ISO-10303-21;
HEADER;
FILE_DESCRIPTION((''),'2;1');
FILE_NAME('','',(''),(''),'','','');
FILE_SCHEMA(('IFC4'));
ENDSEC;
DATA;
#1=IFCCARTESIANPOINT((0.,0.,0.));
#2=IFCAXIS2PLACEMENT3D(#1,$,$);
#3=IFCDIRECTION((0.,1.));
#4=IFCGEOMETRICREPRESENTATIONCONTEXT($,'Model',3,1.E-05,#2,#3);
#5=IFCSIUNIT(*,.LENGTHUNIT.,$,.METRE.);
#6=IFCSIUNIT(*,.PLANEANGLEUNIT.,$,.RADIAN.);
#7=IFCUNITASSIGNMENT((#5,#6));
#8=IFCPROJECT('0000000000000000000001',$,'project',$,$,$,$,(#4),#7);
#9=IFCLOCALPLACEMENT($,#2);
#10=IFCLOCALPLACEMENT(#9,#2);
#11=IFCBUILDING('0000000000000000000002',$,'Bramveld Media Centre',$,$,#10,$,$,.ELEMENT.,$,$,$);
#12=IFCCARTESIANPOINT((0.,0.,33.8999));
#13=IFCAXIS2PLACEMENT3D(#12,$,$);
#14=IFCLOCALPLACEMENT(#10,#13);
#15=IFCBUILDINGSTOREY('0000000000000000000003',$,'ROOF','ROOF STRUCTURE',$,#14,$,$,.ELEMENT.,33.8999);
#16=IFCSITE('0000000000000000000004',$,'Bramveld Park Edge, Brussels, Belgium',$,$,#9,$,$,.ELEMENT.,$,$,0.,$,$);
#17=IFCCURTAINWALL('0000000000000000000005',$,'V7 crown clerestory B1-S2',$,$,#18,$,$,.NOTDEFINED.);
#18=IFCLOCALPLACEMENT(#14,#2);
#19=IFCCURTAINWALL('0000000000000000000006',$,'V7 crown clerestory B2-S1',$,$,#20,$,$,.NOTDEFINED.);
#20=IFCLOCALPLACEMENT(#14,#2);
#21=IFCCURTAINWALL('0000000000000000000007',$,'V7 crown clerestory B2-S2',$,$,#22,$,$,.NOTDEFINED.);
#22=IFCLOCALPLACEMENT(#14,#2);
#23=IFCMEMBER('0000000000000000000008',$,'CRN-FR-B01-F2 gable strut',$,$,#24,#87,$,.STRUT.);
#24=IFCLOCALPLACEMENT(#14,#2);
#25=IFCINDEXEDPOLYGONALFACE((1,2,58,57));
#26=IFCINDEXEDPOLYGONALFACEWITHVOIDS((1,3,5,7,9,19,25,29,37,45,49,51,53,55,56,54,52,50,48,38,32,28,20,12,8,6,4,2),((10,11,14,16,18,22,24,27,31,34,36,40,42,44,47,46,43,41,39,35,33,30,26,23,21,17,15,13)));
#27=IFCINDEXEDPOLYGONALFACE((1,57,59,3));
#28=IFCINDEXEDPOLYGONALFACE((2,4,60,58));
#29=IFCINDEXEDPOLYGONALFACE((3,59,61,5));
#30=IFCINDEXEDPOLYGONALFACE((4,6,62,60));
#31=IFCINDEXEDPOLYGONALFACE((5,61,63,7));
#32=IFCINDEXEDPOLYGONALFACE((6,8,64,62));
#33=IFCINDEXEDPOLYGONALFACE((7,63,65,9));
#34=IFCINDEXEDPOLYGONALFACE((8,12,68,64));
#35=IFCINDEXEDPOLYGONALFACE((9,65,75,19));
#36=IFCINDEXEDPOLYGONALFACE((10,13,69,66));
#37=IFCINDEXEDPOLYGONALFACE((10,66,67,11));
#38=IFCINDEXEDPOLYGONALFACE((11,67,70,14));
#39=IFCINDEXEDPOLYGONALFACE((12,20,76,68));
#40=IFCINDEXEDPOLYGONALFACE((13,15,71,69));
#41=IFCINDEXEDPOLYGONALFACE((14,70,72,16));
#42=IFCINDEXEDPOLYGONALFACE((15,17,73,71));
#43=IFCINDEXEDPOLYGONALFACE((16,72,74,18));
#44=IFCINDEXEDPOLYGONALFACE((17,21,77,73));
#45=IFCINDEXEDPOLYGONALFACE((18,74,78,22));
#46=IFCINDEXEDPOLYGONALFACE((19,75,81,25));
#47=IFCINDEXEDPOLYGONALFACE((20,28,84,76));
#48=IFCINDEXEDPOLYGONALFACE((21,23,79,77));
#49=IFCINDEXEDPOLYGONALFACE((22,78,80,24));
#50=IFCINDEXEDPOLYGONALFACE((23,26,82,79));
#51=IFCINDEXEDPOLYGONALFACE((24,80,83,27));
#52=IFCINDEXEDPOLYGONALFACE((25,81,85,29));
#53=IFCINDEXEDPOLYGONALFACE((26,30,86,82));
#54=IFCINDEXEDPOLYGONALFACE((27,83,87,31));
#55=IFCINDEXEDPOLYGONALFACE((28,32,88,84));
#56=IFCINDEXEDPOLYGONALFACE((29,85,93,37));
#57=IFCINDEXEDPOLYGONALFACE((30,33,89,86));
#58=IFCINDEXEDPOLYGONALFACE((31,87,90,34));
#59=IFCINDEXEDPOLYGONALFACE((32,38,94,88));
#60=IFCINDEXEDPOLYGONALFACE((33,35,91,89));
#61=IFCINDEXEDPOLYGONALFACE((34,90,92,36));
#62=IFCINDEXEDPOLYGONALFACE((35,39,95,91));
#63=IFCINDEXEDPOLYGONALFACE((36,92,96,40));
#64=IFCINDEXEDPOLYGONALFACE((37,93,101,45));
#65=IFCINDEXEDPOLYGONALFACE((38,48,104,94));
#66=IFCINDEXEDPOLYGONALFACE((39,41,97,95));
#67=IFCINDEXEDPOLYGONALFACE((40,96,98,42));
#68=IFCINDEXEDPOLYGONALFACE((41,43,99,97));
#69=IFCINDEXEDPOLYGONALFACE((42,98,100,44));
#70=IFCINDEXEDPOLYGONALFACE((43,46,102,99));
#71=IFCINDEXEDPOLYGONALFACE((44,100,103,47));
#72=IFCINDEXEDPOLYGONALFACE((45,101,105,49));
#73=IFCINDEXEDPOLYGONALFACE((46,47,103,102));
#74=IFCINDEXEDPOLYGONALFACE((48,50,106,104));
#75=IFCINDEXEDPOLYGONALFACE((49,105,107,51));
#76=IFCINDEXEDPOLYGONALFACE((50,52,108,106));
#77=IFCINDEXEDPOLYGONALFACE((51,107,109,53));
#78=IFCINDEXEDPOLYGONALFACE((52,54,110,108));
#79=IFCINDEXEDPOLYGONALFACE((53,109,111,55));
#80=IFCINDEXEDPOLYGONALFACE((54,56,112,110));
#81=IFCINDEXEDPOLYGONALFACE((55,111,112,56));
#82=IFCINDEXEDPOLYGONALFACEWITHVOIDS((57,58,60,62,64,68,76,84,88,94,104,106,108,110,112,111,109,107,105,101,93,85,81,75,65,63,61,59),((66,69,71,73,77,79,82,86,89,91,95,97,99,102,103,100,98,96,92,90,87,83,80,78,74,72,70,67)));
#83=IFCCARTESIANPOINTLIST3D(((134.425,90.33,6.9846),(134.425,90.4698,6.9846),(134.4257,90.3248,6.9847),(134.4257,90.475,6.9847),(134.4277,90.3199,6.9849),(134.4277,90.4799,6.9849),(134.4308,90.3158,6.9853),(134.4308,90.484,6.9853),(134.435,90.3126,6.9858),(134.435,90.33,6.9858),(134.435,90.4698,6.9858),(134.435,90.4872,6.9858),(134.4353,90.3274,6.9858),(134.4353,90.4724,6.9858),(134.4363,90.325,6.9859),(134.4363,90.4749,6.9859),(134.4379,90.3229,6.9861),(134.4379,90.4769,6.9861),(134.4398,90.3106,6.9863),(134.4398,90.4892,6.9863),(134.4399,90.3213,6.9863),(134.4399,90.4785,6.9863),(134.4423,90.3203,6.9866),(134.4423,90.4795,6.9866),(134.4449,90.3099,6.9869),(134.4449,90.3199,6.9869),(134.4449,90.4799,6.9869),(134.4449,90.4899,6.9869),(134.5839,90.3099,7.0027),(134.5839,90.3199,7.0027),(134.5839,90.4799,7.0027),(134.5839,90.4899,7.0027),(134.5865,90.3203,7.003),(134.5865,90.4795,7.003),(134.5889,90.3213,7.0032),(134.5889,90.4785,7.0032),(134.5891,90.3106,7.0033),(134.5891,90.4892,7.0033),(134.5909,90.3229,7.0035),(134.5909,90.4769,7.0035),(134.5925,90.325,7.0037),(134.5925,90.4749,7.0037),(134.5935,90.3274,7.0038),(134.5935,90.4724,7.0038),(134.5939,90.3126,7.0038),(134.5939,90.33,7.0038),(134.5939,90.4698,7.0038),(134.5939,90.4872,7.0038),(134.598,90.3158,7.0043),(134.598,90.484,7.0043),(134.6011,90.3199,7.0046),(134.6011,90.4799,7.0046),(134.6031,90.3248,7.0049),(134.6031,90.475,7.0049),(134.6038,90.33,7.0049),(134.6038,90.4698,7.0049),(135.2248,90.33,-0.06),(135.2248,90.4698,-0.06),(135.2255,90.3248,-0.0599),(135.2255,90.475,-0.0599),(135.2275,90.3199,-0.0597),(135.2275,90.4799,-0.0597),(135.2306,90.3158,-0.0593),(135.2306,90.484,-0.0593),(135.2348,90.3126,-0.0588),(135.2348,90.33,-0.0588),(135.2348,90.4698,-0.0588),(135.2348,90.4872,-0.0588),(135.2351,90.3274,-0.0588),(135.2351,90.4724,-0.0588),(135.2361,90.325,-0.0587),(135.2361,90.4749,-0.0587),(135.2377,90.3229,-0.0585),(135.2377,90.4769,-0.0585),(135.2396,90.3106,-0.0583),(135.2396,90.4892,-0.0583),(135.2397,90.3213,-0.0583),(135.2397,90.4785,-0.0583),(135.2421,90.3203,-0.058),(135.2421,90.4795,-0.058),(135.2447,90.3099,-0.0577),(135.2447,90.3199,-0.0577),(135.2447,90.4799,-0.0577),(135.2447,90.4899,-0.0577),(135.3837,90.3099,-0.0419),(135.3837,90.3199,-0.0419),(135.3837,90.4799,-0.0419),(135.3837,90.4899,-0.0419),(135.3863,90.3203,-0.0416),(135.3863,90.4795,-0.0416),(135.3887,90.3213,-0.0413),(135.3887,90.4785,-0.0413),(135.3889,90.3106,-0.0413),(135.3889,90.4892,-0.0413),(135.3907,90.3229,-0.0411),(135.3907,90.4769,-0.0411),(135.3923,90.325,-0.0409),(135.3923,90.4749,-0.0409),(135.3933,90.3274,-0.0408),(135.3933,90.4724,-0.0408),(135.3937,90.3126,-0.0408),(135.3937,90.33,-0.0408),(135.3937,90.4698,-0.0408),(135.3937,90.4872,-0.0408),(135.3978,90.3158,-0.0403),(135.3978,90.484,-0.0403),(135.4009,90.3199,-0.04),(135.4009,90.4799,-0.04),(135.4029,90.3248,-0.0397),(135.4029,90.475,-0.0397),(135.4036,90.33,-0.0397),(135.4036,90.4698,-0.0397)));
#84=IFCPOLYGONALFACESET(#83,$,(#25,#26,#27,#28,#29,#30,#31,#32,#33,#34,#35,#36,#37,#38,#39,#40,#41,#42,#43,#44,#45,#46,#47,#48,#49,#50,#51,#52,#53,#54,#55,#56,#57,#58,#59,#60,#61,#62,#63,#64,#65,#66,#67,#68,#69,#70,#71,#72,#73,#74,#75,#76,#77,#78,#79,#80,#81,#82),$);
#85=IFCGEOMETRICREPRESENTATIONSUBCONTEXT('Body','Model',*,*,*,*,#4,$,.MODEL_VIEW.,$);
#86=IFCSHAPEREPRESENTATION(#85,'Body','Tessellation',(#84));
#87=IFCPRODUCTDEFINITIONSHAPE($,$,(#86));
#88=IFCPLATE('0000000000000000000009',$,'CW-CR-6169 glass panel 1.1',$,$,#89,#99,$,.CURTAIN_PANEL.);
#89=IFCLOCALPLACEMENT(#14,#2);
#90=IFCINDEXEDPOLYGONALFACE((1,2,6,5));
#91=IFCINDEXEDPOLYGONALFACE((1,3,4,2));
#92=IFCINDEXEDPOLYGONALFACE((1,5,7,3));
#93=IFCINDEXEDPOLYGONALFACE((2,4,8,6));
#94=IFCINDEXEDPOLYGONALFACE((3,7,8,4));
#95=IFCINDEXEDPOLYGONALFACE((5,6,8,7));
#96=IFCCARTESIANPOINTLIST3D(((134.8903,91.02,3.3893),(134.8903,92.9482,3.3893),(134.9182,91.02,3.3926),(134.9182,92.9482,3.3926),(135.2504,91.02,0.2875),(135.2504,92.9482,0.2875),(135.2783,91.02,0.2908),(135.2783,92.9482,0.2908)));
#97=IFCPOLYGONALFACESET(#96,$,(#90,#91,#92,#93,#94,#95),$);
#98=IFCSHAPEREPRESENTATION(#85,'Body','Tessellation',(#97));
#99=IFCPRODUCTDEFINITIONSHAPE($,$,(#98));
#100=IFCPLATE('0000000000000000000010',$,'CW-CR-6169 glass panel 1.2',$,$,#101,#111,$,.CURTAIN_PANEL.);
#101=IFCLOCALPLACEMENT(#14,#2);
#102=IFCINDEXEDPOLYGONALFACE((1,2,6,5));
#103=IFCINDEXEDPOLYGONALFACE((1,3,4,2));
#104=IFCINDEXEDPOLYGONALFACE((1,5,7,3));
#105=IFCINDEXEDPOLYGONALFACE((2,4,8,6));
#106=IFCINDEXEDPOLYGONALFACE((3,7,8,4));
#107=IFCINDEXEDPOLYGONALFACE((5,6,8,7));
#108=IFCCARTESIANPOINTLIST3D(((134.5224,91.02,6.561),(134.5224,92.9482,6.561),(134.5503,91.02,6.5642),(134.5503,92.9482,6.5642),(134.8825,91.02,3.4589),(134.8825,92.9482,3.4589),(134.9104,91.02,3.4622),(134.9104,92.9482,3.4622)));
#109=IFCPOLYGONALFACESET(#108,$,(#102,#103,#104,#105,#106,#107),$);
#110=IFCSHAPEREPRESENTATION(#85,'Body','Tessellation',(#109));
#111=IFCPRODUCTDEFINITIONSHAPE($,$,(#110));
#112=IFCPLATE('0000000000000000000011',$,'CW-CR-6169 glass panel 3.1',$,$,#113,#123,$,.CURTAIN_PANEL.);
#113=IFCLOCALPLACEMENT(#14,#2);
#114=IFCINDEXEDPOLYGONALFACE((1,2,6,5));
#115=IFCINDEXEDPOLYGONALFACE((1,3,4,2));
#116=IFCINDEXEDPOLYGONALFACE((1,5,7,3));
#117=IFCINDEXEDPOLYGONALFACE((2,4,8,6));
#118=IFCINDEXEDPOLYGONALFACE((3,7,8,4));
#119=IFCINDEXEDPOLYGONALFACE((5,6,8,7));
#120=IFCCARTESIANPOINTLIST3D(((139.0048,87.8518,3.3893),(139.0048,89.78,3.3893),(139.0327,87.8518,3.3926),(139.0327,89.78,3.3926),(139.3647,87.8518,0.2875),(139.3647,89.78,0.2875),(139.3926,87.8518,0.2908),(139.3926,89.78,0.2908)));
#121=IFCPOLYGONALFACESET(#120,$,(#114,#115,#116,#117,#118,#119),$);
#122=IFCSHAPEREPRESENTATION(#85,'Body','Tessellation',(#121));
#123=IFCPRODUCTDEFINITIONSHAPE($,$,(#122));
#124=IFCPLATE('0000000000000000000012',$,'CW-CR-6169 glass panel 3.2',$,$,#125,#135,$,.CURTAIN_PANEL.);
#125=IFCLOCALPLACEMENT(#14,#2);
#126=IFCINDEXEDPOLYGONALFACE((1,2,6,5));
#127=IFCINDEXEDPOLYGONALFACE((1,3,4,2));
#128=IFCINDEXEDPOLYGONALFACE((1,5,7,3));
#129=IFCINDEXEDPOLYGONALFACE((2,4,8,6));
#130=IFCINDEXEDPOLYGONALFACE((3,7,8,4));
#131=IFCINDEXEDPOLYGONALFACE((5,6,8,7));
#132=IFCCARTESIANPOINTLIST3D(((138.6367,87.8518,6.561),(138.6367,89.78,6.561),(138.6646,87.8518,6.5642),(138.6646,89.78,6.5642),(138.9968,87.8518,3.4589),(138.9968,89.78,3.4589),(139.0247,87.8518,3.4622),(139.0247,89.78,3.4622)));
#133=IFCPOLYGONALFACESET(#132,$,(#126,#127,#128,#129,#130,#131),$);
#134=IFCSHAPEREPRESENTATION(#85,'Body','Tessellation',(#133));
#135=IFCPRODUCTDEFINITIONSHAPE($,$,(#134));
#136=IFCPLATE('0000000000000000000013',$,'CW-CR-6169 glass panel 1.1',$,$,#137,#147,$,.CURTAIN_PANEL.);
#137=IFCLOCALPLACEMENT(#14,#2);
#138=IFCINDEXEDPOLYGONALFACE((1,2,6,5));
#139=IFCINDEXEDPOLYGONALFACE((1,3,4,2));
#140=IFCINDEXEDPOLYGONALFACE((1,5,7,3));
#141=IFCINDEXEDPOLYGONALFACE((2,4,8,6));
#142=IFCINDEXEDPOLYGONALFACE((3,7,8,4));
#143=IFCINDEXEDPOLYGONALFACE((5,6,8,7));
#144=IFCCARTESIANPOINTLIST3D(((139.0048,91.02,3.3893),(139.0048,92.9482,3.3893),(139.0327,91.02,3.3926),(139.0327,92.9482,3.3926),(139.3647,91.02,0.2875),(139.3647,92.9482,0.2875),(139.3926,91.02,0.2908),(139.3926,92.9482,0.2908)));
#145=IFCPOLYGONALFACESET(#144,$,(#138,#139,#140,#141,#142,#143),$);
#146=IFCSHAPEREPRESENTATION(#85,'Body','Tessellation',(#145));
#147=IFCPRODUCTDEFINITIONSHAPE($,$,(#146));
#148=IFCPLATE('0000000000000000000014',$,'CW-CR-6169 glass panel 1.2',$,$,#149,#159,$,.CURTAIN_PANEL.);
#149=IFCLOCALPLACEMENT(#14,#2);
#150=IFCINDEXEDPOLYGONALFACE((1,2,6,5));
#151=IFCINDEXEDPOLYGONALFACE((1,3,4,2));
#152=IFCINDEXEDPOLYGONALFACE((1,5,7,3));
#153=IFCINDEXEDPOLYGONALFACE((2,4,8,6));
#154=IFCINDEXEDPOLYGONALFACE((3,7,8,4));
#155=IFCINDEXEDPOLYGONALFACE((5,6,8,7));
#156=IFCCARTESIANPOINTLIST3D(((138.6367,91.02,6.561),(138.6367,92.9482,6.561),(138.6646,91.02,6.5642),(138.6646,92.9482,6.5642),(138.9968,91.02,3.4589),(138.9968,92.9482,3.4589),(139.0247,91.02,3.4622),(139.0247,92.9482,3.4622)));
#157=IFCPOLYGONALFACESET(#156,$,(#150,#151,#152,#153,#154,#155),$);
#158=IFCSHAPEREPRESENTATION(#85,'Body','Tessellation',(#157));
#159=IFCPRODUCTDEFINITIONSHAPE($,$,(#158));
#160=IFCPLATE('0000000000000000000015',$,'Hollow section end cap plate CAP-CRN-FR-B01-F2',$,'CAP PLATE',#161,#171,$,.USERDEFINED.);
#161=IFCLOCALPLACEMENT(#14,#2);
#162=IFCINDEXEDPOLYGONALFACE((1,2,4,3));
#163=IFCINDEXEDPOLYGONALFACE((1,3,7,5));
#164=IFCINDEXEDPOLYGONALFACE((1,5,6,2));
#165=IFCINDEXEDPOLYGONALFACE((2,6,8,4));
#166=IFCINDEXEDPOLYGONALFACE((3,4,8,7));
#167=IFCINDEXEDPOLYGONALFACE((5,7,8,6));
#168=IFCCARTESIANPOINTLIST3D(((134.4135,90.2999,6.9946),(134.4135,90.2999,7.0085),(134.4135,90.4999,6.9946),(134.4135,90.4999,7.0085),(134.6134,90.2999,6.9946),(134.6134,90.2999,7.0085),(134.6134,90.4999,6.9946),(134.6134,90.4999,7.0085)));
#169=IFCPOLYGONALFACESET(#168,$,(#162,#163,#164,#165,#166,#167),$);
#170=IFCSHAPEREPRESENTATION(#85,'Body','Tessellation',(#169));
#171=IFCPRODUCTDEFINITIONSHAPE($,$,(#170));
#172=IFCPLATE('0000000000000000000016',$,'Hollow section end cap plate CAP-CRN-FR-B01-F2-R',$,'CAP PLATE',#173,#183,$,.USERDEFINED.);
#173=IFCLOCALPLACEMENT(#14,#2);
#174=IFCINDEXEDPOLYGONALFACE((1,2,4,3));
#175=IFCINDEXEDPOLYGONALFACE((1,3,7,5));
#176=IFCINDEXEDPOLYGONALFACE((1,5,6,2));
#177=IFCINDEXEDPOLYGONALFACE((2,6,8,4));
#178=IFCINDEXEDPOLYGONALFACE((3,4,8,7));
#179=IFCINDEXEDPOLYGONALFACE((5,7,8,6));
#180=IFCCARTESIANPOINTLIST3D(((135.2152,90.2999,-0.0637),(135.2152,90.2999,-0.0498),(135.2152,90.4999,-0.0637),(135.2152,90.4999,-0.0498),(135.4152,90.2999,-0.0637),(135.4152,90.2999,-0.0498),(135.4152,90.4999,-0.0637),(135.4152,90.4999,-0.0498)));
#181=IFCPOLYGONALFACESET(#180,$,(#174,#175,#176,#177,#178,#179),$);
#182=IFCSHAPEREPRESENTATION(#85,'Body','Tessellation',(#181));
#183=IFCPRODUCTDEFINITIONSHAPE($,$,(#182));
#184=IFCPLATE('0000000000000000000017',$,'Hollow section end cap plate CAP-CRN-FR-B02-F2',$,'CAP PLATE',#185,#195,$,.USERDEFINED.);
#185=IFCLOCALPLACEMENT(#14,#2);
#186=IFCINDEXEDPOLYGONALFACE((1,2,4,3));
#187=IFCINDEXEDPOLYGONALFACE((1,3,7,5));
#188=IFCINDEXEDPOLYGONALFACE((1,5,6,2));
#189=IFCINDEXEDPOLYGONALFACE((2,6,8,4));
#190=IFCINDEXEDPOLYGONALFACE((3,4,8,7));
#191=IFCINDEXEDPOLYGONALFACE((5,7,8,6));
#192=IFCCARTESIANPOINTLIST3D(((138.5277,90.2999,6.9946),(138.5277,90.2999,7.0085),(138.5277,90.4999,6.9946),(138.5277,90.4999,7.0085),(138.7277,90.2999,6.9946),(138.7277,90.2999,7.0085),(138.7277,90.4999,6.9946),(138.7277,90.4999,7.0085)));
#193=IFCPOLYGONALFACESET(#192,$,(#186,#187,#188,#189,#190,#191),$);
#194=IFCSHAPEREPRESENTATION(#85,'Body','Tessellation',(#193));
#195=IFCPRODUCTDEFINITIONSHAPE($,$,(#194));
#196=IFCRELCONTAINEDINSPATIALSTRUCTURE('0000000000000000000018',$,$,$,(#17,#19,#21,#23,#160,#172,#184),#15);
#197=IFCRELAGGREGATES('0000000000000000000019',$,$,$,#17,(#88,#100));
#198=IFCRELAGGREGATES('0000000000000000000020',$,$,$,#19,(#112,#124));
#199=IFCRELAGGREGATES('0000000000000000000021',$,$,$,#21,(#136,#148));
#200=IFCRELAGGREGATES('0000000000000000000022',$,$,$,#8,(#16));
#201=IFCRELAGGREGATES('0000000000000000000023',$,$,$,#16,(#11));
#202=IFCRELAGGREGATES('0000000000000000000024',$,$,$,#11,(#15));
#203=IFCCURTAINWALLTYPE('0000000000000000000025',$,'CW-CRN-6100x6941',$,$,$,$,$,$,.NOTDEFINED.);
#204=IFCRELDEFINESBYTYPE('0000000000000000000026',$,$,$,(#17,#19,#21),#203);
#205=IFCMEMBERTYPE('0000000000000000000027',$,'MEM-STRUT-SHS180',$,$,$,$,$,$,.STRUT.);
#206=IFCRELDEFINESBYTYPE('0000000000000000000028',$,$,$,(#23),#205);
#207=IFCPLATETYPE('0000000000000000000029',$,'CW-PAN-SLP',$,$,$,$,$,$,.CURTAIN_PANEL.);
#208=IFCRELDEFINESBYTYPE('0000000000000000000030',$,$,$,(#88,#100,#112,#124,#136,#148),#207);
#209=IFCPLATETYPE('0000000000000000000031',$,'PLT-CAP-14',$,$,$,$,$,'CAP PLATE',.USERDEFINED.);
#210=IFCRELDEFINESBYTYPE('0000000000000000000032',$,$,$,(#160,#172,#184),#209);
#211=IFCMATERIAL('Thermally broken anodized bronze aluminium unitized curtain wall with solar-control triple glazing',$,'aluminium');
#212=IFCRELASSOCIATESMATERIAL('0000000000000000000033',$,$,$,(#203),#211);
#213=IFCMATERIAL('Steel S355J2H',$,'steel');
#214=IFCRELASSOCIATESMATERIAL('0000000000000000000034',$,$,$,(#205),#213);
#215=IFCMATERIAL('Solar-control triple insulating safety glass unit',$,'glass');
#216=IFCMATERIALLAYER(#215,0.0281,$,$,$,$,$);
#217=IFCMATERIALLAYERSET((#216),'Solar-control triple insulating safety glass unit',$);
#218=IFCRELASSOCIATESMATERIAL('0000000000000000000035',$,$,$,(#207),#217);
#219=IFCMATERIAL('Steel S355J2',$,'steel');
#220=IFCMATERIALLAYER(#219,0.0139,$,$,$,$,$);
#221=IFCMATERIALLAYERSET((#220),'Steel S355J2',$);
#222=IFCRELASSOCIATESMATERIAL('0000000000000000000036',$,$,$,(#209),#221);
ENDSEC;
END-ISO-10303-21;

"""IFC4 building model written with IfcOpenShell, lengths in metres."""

from ifc_helpers import new_model, si_unit, direction, frame, origin, origin_2d, place, context, subcontext, project, spatial, polyline, rectangle, hollow_rectangle, outline, extrude, material, layer, layer_set, material_profile, profile_set, type_object, element, aggregate, save


model = new_model("IFC4")

# Units and contexts
model_context = context("Model", 3, precision=1e-05, world=origin(), true_north=direction((0.0, 1.0)))
body_context = subcontext(model_context, "Body", "Model", "MODEL_VIEW")
ifc_project = project(units=[si_unit("LENGTHUNIT", "METRE"), si_unit("PLANEANGLEUNIT", "RADIAN")], contexts=[model_context])

# Site, building, storey
site_placement = place(None, origin())
site = spatial("IfcSite", under=ifc_project, at=site_placement, Name="Bramveld Park Edge, Brussels, Belgium", CompositionType="ELEMENT", RefElevation=0.0)
building_placement = place(site_placement, origin())
building = spatial("IfcBuilding", under=site, at=building_placement, Name="Bramveld Media Centre", CompositionType="ELEMENT")
storey_placement = place(building_placement, frame((0.0, 0.0, 33.8999)))
storey = spatial("IfcBuildingStorey", under=building, at=storey_placement, Name="ROOF", Description="ROOF STRUCTURE", CompositionType="ELEMENT", Elevation=33.8999)

# Shared definitions
ifc_material_1 = material(Name="Thermally broken anodized bronze aluminium unitized curtain wall with solar-control triple glazing", Category="aluminium")
curtain_wall_type = type_object("IfcCurtainWallType", Name="CW-CRN-6100x6941", PredefinedType="NOTDEFINED", material=ifc_material_1)

# Curtain walls
curtain_wall_1_placement = place(storey_placement, origin())
curtain_wall_1 = element("IfcCurtainWall", 1, at=curtain_wall_1_placement, inside=storey, type_object=curtain_wall_type, Name="V7 crown clerestory B1-S2", PredefinedType="NOTDEFINED")
curtain_wall_2_placement = place(storey_placement, origin())
curtain_wall_2 = element("IfcCurtainWall", 2, at=curtain_wall_2_placement, inside=storey, type_object=curtain_wall_type, Name="V7 crown clerestory B2-S1", PredefinedType="NOTDEFINED")
curtain_wall_3_placement = place(storey_placement, origin())
curtain_wall_3 = element("IfcCurtainWall", 3, at=curtain_wall_3_placement, inside=storey, type_object=curtain_wall_type, Name="V7 crown clerestory B2-S2", PredefinedType="NOTDEFINED")

# Member
ifc_material_2 = material(Name="Steel S355J2H", Category="steel")
ifc_material_profile_1 = material_profile(ifc_material_2, hollow_rectangle(XDim=0.1799, YDim=0.1799, WallThickness=0.01, InnerFilletRadius=0.01, OuterFilletRadius=0.02, at=origin_2d()), Name="SHS 180x180x10")
ifc_profile_set_1 = profile_set([ifc_material_profile_1], Name="Steel S355J2H")
member_type_1 = type_object("IfcMemberType", Name="MEM-STRUT-SHS180", PredefinedType="STRUT", material=ifc_profile_set_1)
member_1_placement = place(storey_placement, frame((135.3142, 90.3999, -0.0498), z_axis=(-0.112808, 0.0, 0.993617), x_axis=(0.0, -1.0, 0.0)))
element("IfcMember", 4, at=member_1_placement, inside=storey, type_object=member_type_1, Name="CRN-FR-B01-F2 gable strut", PredefinedType="STRUT", context=body_context, shape_type="SweptSolid", body=[
    extrude(hollow_rectangle(XDim=0.1799, YDim=0.1799, WallThickness=0.01, InnerFilletRadius=0.01, OuterFilletRadius=0.02, at=origin_2d()), origin(), (0.0, 0.0, 1.0), 7.0898),
])

# Plates
ifc_material_3 = material(Name="Solar-control triple insulating safety glass unit", Category="glass")
ifc_layer_1 = layer(ifc_material_3, 0.0281)
ifc_layer_set_1 = layer_set([ifc_layer_1], Name="Solar-control triple insulating safety glass unit")
plate_type_1 = type_object("IfcPlateType", Name="CW-PAN-SLP", PredefinedType="CURTAIN_PANEL", material=ifc_layer_set_1)
plate_1_placement = place(storey_placement, frame((135.2783, 91.02, 0.2908), z_axis=(0.993328, 0.0, 0.115321), x_axis=(0.0, 1.0, 0.0)))
plate_1 = element("IfcPlate", 5, at=plate_1_placement, type_object=plate_type_1, Name="CW-CR-6169 glass panel 1.1", PredefinedType="CURTAIN_PANEL", context=body_context, shape_type="SweptSolid", body=[
    extrude(outline(polyline([(0.0, 0.0), (1.9282, 0.0), (1.9282, 3.1226), (0.0, 3.1226), (0.0, 0.0)])), origin(), (0.0, 0.0, -1.0), 0.0281),
])
plate_2_placement = place(storey_placement, frame((134.9104, 91.02, 3.4622), z_axis=(0.993329, 0.0, 0.115313), x_axis=(0.0, 1.0, 0.0)))
plate_2 = element("IfcPlate", 6, at=plate_2_placement, type_object=plate_type_1, Name="CW-CR-6169 glass panel 1.2", PredefinedType="CURTAIN_PANEL", context=body_context, shape_type="SweptSolid", body=[
    extrude(outline(polyline([(0.0, 0.0), (1.9282, 0.0), (1.9282, 3.1229), (0.0, 3.1229), (0.0, 0.0)])), origin(), (0.0, 0.0, -1.0), 0.0281),
])
aggregate(curtain_wall_1, [plate_1, plate_2])
plate_3_placement = place(storey_placement, frame((139.3926, 87.8518, 0.2908), z_axis=(0.993337, 0.0, 0.115244), x_axis=(0.0, 1.0, 0.0)))
plate_3 = element("IfcPlate", 7, at=plate_3_placement, type_object=plate_type_1, Name="CW-CR-6169 glass panel 3.1", PredefinedType="CURTAIN_PANEL", context=body_context, shape_type="SweptSolid", body=[
    extrude(outline(polyline([(0.0, 0.0), (1.9282, 0.0), (1.9282, 3.1226), (0.0, 3.1226), (0.0, 0.0)])), origin(), (0.0, 0.0, -1.0), 0.0281),
])
plate_4_placement = place(storey_placement, frame((139.0247, 87.8518, 3.4622), z_axis=(0.993329, 0.0, 0.115313), x_axis=(0.0, 1.0, 0.0)))
plate_4 = element("IfcPlate", 8, at=plate_4_placement, type_object=plate_type_1, Name="CW-CR-6169 glass panel 3.2", PredefinedType="CURTAIN_PANEL", context=body_context, shape_type="SweptSolid", body=[
    extrude(outline(polyline([(0.0, 0.0), (1.9282, 0.0), (1.9282, 3.1229), (0.0, 3.1229), (0.0, 0.0)])), origin(), (0.0, 0.0, -1.0), 0.0281),
])
aggregate(curtain_wall_2, [plate_3, plate_4])
plate_5_placement = place(storey_placement, frame((139.3926, 91.02, 0.2908), z_axis=(0.993337, 0.0, 0.115244), x_axis=(0.0, 1.0, 0.0)))
plate_5 = element("IfcPlate", 9, at=plate_5_placement, type_object=plate_type_1, Name="CW-CR-6169 glass panel 1.1", PredefinedType="CURTAIN_PANEL", context=body_context, shape_type="SweptSolid", body=[
    extrude(outline(polyline([(0.0, 0.0), (1.9282, 0.0), (1.9282, 3.1226), (0.0, 3.1226), (0.0, 0.0)])), origin(), (0.0, 0.0, -1.0), 0.0281),
])
plate_6_placement = place(storey_placement, frame((139.0247, 91.02, 3.4622), z_axis=(0.993329, 0.0, 0.115313), x_axis=(0.0, 1.0, 0.0)))
plate_6 = element("IfcPlate", 10, at=plate_6_placement, type_object=plate_type_1, Name="CW-CR-6169 glass panel 1.2", PredefinedType="CURTAIN_PANEL", context=body_context, shape_type="SweptSolid", body=[
    extrude(outline(polyline([(0.0, 0.0), (1.9282, 0.0), (1.9282, 3.1229), (0.0, 3.1229), (0.0, 0.0)])), origin(), (0.0, 0.0, -1.0), 0.0281),
])
aggregate(curtain_wall_3, [plate_5, plate_6])

# Plates
ifc_material_4 = material(Name="Steel S355J2", Category="steel")
ifc_layer_2 = layer(ifc_material_4, 0.0139)
ifc_layer_set_2 = layer_set([ifc_layer_2], Name="Steel S355J2")
plate_type_2 = type_object("IfcPlateType", Name="PLT-CAP-14", ElementType="CAP PLATE", PredefinedType="USERDEFINED", material=ifc_layer_set_2)
for number, where, z_axis, x_axis, name in (
    (11, (134.5134, 90.3999, 6.9946), (0.0, 0.0, 1.0), (1.0, 0.0, 0.0), "Hollow section end cap plate CAP-CRN-FR-B01-F2"),
    (12, (135.3152, 90.3999, -0.0498), (0.0, 0.0, -1.0), (1.0, 0.0, 0.0), "Hollow section end cap plate CAP-CRN-FR-B01-F2-R"),
    (13, (138.6277, 90.3999, 6.9946), (0.0, 0.0, 1.0), (1.0, 0.0, 0.0), "Hollow section end cap plate CAP-CRN-FR-B02-F2"),
):
    element("IfcPlate", number, at=place(storey_placement, frame(where, z_axis=z_axis, x_axis=x_axis)), inside=storey, type_object=plate_type_2, Name=name, ObjectType="CAP PLATE", PredefinedType="USERDEFINED", context=body_context, shape_type="SweptSolid", body=[
        extrude(rectangle(XDim=0.2, YDim=0.2, at=origin_2d()), origin(), (0.0, 0.0, 1.0), 0.0139),
    ])

save(model, "model.ifc")
